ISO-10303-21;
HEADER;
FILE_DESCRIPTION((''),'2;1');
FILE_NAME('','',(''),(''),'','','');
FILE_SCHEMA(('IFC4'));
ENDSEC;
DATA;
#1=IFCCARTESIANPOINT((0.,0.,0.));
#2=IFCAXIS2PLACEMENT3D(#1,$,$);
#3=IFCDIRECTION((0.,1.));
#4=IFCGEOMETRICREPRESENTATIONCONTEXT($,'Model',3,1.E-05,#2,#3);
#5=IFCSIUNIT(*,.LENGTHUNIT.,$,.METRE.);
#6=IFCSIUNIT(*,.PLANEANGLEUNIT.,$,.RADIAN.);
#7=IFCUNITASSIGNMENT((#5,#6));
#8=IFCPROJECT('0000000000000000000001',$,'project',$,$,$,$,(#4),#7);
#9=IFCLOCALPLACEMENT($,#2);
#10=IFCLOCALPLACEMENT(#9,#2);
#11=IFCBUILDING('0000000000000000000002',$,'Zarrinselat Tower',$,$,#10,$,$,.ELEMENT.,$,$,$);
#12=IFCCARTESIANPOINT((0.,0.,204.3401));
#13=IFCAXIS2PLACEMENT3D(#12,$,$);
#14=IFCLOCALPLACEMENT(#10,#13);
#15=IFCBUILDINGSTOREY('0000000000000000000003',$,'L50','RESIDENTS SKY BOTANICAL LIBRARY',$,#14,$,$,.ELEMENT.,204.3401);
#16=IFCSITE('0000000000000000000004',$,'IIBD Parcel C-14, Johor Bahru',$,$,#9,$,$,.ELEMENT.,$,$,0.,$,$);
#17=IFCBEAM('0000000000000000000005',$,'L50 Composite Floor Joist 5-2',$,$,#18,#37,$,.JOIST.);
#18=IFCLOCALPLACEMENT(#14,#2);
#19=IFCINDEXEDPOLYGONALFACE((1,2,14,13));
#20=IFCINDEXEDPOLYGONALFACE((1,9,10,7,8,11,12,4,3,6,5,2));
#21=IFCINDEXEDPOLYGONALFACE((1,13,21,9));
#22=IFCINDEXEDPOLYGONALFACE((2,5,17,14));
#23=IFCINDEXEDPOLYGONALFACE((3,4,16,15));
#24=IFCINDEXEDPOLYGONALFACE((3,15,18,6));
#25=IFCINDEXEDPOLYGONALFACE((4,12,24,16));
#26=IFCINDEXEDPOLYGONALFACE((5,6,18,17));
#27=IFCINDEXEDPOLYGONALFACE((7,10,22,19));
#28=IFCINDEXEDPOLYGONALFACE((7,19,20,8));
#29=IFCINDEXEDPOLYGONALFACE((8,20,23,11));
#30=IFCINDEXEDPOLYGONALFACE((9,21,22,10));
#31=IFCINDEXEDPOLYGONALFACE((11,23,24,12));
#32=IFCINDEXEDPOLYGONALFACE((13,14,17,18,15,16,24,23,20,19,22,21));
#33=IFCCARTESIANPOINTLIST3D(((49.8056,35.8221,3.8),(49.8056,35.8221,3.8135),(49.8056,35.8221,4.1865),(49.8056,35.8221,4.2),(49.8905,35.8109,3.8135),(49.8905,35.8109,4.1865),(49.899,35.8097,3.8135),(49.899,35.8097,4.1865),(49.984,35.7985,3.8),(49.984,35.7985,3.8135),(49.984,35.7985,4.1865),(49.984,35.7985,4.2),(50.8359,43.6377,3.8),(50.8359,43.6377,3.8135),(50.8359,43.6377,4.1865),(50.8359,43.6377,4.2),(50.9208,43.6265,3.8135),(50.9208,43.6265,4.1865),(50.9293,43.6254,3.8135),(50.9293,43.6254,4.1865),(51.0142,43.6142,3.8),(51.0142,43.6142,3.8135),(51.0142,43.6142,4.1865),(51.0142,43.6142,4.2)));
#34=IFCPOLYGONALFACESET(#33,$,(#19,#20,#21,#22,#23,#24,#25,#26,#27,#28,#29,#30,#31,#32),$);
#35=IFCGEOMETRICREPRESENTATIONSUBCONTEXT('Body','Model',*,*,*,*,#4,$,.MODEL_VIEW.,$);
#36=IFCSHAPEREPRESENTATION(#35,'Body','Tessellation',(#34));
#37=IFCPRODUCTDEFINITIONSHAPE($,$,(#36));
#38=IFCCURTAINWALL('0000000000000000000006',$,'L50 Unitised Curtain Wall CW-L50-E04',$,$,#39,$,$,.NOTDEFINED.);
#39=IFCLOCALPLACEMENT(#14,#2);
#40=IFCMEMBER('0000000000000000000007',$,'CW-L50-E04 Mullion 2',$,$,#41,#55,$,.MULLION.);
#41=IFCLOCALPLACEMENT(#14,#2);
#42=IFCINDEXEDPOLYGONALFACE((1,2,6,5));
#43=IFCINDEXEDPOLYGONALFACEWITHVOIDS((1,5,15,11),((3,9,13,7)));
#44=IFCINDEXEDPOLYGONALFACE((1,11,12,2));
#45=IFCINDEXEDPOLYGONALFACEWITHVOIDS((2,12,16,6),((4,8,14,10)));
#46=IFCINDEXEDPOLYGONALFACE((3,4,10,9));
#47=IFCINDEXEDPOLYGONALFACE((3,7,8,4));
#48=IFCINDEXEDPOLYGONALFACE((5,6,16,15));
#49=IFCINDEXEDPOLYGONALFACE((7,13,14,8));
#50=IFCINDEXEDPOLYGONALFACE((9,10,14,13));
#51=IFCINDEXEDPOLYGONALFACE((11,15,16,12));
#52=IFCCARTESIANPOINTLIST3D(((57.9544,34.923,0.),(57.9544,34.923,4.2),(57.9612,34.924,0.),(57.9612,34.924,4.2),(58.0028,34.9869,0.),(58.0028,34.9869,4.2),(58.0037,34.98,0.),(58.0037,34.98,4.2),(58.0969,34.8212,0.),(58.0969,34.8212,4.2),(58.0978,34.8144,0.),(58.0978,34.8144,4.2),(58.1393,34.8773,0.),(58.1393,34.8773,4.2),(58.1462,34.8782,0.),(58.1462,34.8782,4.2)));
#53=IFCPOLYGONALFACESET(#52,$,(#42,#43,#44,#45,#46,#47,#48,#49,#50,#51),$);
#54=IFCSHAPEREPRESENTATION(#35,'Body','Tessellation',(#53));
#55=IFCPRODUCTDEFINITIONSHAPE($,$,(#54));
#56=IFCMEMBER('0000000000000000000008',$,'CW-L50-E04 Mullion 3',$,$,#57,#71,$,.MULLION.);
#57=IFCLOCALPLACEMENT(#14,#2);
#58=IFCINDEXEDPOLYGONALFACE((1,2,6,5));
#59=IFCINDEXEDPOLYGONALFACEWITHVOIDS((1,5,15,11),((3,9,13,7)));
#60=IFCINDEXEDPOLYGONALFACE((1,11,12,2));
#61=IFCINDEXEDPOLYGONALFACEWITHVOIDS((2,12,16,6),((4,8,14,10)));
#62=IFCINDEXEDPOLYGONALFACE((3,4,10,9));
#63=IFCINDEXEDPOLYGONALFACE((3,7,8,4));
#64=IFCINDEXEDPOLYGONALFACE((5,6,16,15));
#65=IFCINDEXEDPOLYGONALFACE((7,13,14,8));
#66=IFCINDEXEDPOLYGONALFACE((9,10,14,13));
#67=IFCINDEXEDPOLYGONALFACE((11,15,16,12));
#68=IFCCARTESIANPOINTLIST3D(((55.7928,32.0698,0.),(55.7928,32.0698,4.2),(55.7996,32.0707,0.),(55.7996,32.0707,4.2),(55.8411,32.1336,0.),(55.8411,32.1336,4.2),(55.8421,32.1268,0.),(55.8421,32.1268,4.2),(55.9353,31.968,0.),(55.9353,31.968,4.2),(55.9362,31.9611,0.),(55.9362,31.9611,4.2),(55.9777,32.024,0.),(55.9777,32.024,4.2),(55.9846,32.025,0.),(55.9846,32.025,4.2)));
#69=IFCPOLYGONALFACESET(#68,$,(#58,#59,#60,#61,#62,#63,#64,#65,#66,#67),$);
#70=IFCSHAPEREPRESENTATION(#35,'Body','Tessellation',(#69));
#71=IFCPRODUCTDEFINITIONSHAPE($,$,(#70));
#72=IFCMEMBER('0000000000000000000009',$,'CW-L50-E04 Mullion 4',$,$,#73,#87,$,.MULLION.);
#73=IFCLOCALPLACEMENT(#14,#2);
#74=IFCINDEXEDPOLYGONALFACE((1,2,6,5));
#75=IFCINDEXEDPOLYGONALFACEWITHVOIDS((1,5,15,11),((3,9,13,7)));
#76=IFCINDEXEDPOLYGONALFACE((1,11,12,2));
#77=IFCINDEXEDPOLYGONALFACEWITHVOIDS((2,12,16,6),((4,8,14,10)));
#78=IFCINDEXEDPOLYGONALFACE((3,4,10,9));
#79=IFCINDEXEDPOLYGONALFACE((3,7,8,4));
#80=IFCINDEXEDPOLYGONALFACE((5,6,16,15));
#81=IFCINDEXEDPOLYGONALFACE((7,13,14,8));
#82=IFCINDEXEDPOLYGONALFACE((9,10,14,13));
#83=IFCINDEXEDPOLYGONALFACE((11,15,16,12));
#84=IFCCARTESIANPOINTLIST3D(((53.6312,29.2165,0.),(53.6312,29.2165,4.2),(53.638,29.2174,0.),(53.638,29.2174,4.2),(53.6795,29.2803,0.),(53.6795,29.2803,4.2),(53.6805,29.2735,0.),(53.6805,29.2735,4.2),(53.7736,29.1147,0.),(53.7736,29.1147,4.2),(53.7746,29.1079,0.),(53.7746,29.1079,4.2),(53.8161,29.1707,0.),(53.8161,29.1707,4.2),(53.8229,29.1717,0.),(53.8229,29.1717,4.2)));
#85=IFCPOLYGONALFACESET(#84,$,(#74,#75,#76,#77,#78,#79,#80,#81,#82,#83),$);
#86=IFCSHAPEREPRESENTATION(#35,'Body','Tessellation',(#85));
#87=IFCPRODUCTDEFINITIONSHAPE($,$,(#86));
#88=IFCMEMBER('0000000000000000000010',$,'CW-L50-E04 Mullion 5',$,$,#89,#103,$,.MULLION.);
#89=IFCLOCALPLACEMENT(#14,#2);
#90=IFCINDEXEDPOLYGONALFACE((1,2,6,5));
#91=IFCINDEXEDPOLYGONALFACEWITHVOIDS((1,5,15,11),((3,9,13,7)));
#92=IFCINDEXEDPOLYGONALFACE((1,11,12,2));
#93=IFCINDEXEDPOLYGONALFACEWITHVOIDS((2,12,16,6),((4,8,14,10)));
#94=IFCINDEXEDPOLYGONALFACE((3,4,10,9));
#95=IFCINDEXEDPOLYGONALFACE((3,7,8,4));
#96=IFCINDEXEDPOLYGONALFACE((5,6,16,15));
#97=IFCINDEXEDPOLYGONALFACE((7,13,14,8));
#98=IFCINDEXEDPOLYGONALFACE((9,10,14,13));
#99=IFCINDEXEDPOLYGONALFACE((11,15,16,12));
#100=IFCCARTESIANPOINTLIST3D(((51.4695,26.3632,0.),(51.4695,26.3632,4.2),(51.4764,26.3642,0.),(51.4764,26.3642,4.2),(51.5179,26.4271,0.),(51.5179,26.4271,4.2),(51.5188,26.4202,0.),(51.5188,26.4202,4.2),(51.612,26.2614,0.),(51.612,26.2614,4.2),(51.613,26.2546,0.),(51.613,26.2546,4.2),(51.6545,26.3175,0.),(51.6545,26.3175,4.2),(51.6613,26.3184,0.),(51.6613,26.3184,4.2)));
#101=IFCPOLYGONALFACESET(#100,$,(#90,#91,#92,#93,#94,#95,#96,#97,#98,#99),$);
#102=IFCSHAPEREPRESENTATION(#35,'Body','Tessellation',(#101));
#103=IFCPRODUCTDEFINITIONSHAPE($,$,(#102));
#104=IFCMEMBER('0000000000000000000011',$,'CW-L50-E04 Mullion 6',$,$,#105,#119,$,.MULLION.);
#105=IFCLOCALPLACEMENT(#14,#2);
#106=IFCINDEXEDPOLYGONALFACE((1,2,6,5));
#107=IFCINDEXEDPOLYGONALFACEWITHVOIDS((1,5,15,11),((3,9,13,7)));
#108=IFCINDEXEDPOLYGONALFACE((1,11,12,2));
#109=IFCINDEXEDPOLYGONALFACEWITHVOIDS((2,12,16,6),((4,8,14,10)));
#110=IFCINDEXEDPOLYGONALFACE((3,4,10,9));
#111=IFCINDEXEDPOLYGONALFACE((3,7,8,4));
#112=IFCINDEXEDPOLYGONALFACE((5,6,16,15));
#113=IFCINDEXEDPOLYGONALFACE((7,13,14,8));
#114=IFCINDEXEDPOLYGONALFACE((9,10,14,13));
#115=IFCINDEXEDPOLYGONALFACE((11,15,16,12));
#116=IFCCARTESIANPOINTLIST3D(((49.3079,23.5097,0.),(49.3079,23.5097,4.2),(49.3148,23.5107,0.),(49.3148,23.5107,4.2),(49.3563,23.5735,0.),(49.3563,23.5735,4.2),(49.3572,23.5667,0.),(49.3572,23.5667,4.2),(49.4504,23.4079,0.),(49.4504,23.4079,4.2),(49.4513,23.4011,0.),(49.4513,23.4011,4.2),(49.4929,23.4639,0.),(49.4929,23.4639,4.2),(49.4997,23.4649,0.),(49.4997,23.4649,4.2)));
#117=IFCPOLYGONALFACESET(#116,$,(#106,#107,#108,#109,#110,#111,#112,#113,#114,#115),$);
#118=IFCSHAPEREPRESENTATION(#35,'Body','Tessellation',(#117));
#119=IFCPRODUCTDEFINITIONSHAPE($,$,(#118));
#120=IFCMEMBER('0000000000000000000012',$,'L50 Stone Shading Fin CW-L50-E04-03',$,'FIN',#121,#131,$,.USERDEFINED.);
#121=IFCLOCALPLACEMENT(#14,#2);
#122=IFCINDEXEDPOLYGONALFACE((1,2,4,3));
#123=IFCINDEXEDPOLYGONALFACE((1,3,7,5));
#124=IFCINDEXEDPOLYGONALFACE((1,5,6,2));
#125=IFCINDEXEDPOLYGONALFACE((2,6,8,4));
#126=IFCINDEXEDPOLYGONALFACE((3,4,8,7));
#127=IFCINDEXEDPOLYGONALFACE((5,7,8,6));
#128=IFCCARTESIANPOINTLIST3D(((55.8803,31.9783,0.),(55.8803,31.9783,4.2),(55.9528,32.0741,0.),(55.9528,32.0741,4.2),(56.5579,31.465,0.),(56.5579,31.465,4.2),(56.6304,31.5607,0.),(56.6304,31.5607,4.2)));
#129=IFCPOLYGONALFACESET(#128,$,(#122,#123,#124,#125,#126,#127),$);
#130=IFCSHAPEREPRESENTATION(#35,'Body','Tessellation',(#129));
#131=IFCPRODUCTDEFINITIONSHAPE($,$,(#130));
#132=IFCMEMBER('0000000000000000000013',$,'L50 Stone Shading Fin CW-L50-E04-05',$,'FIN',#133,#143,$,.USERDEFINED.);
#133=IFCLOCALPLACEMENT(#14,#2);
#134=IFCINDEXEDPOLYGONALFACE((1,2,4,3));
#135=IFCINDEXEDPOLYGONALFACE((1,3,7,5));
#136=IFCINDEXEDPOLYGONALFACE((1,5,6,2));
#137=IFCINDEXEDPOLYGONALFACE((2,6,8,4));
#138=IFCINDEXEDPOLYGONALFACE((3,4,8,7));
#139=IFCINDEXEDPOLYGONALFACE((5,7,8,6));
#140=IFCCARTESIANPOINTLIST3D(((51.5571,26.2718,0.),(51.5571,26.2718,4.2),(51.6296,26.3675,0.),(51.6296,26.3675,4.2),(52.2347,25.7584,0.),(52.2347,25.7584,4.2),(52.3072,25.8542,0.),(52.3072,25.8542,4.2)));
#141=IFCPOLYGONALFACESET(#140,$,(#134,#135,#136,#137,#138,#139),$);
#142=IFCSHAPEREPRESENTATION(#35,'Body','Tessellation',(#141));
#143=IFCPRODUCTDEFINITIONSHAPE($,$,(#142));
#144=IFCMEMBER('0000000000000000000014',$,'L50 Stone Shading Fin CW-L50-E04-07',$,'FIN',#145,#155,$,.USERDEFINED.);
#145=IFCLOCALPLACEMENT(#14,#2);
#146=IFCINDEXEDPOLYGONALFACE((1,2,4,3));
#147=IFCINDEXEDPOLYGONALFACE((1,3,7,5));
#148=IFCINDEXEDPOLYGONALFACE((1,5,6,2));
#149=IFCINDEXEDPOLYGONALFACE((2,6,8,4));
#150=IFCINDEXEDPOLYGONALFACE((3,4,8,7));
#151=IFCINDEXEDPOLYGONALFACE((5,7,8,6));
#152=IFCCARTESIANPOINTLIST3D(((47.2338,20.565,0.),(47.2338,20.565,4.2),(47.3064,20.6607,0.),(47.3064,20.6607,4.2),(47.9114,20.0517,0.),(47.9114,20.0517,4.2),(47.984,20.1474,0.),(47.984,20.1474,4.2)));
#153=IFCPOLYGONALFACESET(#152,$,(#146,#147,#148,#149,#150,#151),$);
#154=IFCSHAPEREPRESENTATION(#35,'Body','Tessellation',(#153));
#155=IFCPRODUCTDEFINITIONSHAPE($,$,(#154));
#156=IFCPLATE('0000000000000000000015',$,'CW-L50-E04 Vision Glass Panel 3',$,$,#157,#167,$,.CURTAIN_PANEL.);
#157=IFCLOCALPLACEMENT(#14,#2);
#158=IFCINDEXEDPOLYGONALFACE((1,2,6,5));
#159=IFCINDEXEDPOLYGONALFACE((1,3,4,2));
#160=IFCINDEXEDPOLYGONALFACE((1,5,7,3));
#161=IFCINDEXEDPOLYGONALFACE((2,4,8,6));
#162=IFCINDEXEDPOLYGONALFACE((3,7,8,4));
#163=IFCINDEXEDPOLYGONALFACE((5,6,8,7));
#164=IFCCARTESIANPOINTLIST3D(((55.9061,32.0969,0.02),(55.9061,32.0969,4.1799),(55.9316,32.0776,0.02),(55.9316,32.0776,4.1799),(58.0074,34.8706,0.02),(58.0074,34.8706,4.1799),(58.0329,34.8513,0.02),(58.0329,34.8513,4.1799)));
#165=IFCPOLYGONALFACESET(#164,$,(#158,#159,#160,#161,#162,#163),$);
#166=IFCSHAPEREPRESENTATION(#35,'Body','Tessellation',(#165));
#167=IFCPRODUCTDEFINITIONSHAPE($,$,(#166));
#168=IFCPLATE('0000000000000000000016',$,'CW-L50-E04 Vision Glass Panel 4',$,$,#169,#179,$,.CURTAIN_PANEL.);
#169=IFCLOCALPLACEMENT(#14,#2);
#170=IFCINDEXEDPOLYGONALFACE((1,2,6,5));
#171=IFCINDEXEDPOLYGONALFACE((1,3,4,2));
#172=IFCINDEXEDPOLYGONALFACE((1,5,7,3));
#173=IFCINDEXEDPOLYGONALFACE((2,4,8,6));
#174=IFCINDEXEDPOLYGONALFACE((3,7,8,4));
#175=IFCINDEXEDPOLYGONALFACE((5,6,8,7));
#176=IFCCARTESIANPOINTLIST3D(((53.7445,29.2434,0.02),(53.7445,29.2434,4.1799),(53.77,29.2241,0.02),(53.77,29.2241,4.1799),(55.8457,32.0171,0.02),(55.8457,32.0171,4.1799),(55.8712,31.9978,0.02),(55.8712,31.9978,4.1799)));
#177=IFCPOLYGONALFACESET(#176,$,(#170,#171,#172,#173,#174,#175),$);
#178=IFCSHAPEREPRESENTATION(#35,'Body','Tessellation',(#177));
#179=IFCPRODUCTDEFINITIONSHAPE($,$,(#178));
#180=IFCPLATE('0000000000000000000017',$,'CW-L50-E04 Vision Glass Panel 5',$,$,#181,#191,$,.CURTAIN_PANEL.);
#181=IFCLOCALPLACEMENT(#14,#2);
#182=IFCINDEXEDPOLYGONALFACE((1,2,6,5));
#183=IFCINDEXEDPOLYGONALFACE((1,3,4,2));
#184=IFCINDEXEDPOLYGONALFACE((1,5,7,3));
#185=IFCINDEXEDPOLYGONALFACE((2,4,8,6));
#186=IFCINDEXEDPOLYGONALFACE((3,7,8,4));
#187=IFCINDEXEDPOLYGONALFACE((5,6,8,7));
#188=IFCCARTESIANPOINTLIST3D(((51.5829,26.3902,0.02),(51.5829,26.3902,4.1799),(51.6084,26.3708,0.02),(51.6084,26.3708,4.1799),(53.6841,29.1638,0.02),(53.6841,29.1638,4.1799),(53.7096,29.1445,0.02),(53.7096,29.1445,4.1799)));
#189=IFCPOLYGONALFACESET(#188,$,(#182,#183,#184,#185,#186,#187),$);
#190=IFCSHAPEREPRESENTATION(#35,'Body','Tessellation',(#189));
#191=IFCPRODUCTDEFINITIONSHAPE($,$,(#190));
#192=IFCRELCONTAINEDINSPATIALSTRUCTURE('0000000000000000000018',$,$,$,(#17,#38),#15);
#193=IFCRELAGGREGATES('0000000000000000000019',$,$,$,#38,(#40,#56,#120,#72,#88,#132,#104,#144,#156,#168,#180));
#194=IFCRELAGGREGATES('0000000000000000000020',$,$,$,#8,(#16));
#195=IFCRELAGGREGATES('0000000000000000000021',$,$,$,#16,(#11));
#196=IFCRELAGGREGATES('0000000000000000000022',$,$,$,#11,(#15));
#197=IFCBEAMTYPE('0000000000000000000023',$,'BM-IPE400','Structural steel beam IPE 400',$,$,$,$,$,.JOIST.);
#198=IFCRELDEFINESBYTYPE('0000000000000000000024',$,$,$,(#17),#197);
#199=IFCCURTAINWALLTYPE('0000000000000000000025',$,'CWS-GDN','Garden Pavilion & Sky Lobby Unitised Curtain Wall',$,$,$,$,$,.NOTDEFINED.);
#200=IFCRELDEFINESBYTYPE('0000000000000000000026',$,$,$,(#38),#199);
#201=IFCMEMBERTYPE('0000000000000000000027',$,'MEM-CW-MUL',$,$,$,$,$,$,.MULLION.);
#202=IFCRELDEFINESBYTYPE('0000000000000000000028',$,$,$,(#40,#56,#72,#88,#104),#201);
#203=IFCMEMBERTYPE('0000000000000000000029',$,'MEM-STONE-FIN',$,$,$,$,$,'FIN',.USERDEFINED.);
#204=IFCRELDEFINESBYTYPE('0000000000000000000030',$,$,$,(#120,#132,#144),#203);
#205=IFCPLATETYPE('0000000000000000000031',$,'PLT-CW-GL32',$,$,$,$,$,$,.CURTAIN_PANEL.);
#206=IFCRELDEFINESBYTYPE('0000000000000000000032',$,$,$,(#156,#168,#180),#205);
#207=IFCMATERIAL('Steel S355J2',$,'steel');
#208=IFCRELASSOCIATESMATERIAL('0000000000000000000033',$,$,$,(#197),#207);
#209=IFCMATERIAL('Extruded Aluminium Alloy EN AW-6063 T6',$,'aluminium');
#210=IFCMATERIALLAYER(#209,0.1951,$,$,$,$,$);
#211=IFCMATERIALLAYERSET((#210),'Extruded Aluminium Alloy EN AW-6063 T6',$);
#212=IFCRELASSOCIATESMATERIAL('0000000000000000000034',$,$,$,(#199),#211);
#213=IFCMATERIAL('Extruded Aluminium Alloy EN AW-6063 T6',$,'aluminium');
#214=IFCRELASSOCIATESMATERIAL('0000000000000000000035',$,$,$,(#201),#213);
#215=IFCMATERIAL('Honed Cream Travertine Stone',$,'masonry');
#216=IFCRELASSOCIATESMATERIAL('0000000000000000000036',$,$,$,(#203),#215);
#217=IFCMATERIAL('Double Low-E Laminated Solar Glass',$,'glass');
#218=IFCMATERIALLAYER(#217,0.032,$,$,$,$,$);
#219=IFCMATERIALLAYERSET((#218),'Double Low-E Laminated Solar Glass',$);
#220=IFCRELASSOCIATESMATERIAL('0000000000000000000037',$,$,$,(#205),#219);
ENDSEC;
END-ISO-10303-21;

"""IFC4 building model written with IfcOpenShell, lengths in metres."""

from ifc_helpers import new_model, si_unit, direction, frame, origin, origin_2d, place, context, subcontext, project, spatial, rectangle, hollow_rectangle, i_section, extrude, material, layer, layer_set, material_profile, profile_set, type_object, element, aggregate, save


model = new_model("IFC4")

# Units and contexts
model_context = context("Model", 3, precision=1e-05, world=origin(), true_north=direction((0.0, 1.0)))
body_context = subcontext(model_context, "Body", "Model", "MODEL_VIEW")
ifc_project = project(units=[si_unit("LENGTHUNIT", "METRE"), si_unit("PLANEANGLEUNIT", "RADIAN")], contexts=[model_context])

# Site, building, storey
site_placement = place(None, origin())
site = spatial("IfcSite", under=ifc_project, at=site_placement, Name="IIBD Parcel C-14, Johor Bahru", CompositionType="ELEMENT", RefElevation=0.0)
building_placement = place(site_placement, origin())
building = spatial("IfcBuilding", under=site, at=building_placement, Name="Zarrinselat Tower", CompositionType="ELEMENT")
storey_placement = place(building_placement, frame((0.0, 0.0, 204.3401)))
storey = spatial("IfcBuildingStorey", under=building, at=storey_placement, Name="L50", Description="RESIDENTS SKY BOTANICAL LIBRARY", CompositionType="ELEMENT", Elevation=204.3401)

# Beam
ifc_material_1 = material(Name="Steel S355J2", Category="steel")
ifc_material_profile_1 = material_profile(ifc_material_1, i_section(OverallWidth=0.1799, OverallDepth=0.3999, WebThickness=0.0085, FlangeThickness=0.0134, at=origin_2d()), Name="IPE 400")
ifc_profile_set_1 = profile_set([ifc_material_profile_1], Name="Steel S355J2")
beam_type_1 = type_object("IfcBeamType", Name="BM-IPE400", Description="Structural steel beam IPE 400", PredefinedType="JOIST", material=ifc_profile_set_1)
beam_1_placement = place(storey_placement, frame((49.8948, 35.8103, 4.0), z_axis=(0.130691, 0.991423, 0.0), x_axis=(-0.991423, 0.130691, 0.0)))
element("IfcBeam", 1, at=beam_1_placement, inside=storey, type_object=beam_type_1, Name="L50 Composite Floor Joist 5-2", PredefinedType="JOIST", context=body_context, shape_type="SweptSolid", body=[
    extrude(i_section(OverallWidth=0.1799, OverallDepth=0.3999, WebThickness=0.0085, FlangeThickness=0.0134, at=origin_2d()), origin(), (0.0, 0.0, 1.0), 7.8833),
])

# Curtain wall, members, plates
ifc_material_2 = material(Name="Extruded Aluminium Alloy EN AW-6063 T6", Category="aluminium")
ifc_layer_1 = layer(ifc_material_2, 0.1951)
ifc_layer_set_1 = layer_set([ifc_layer_1], Name="Extruded Aluminium Alloy EN AW-6063 T6")
curtain_wall_type = type_object("IfcCurtainWallType", Name="CWS-GDN", Description="Garden Pavilion & Sky Lobby Unitised Curtain Wall", PredefinedType="NOTDEFINED", material=ifc_layer_set_1)
curtain_wall_placement = place(storey_placement, origin())
curtain_wall = element("IfcCurtainWall", 2, at=curtain_wall_placement, inside=storey, type_object=curtain_wall_type, Name="L50 Unitised Curtain Wall CW-L50-E04", PredefinedType="NOTDEFINED")
ifc_material_3 = material(Name="Extruded Aluminium Alloy EN AW-6063 T6", Category="aluminium")
ifc_material_profile_2 = material_profile(ifc_material_3, hollow_rectangle(XDim=0.0801, YDim=0.1799, WallThickness=0.0049, at=origin_2d()), Name="RHS 180x80x5")
ifc_profile_set_2 = profile_set([ifc_material_profile_2], Name="Extruded Aluminium Alloy EN AW-6063 T6")
member_type_1 = type_object("IfcMemberType", Name="MEM-CW-MUL", PredefinedType="MULLION", material=ifc_profile_set_2)
member_1_placement = place(storey_placement, frame((58.0503, 34.9006, 0.0), z_axis=(0.0, 0.0, 1.0), x_axis=(-0.603858, -0.797092, 0.0)))
member_1 = element("IfcMember", 3, at=member_1_placement, type_object=member_type_1, Name="CW-L50-E04 Mullion 2", PredefinedType="MULLION", context=body_context, shape_type="SweptSolid", body=[
    extrude(hollow_rectangle(XDim=0.0801, YDim=0.1799, WallThickness=0.0049, at=origin_2d()), origin(), (0.0, 0.0, 1.0), 4.2),
])
member_2_placement = place(storey_placement, frame((55.8887, 32.0474, 0.0), z_axis=(0.0, 0.0, 1.0), x_axis=(-0.603858, -0.797092, 0.0)))
member_2 = element("IfcMember", 4, at=member_2_placement, type_object=member_type_1, Name="CW-L50-E04 Mullion 3", PredefinedType="MULLION", context=body_context, shape_type="SweptSolid", body=[
    extrude(hollow_rectangle(XDim=0.0801, YDim=0.1799, WallThickness=0.0049, at=origin_2d()), origin(), (0.0, 0.0, 1.0), 4.2),
])
member_3_placement = place(storey_placement, frame((53.7271, 29.1941, 0.0), z_axis=(0.0, 0.0, 1.0), x_axis=(-0.603858, -0.797092, 0.0)))
member_3 = element("IfcMember", 5, at=member_3_placement, type_object=member_type_1, Name="CW-L50-E04 Mullion 4", PredefinedType="MULLION", context=body_context, shape_type="SweptSolid", body=[
    extrude(hollow_rectangle(XDim=0.0801, YDim=0.1799, WallThickness=0.0049, at=origin_2d()), origin(), (0.0, 0.0, 1.0), 4.2),
])
member_4_placement = place(storey_placement, frame((51.5654, 26.3408, 0.0), z_axis=(0.0, 0.0, 1.0), x_axis=(-0.603858, -0.797092, 0.0)))
member_4 = element("IfcMember", 6, at=member_4_placement, type_object=member_type_1, Name="CW-L50-E04 Mullion 5", PredefinedType="MULLION", context=body_context, shape_type="SweptSolid", body=[
    extrude(hollow_rectangle(XDim=0.0801, YDim=0.1799, WallThickness=0.0049, at=origin_2d()), origin(), (0.0, 0.0, 1.0), 4.2),
])
member_5_placement = place(storey_placement, frame((49.4038, 23.4873, 0.0), z_axis=(0.0, 0.0, 1.0), x_axis=(-0.603858, -0.797092, 0.0)))
member_5 = element("IfcMember", 7, at=member_5_placement, type_object=member_type_1, Name="CW-L50-E04 Mullion 6", PredefinedType="MULLION", context=body_context, shape_type="SweptSolid", body=[
    extrude(hollow_rectangle(XDim=0.0801, YDim=0.1799, WallThickness=0.0049, at=origin_2d()), origin(), (0.0, 0.0, 1.0), 4.2),
])
ifc_material_4 = material(Name="Honed Cream Travertine Stone", Category="masonry")
ifc_material_profile_3 = material_profile(ifc_material_4, rectangle(XDim=0.1201, YDim=0.8501, at=origin_2d()), Name="FIN 850x120")
ifc_profile_set_3 = profile_set([ifc_material_profile_3], Name="Honed Cream Travertine Stone")
member_type_2 = type_object("IfcMemberType", Name="MEM-STONE-FIN", ElementType="FIN", PredefinedType="USERDEFINED", material=ifc_profile_set_3)
member_6_placement = place(storey_placement, frame((56.2554, 31.7695, 0.0), z_axis=(0.0, 0.0, 1.0), x_axis=(-0.603858, -0.797092, 0.0)))
member_6 = element("IfcMember", 8, at=member_6_placement, type_object=member_type_2, Name="L50 Stone Shading Fin CW-L50-E04-03", ObjectType="FIN", PredefinedType="USERDEFINED", context=body_context, shape_type="SweptSolid", body=[
    extrude(rectangle(XDim=0.1201, YDim=0.8501, at=origin_2d()), origin(), (0.0, 0.0, 1.0), 4.2),
])
member_7_placement = place(storey_placement, frame((51.9321, 26.063, 0.0), z_axis=(0.0, 0.0, 1.0), x_axis=(-0.603858, -0.797092, 0.0)))
member_7 = element("IfcMember", 9, at=member_7_placement, type_object=member_type_2, Name="L50 Stone Shading Fin CW-L50-E04-05", ObjectType="FIN", PredefinedType="USERDEFINED", context=body_context, shape_type="SweptSolid", body=[
    extrude(rectangle(XDim=0.1201, YDim=0.8501, at=origin_2d()), origin(), (0.0, 0.0, 1.0), 4.2),
])
member_8_placement = place(storey_placement, frame((47.6089, 20.3562, 0.0), z_axis=(0.0, 0.0, 1.0), x_axis=(-0.603858, -0.797092, 0.0)))
member_8 = element("IfcMember", 10, at=member_8_placement, type_object=member_type_2, Name="L50 Stone Shading Fin CW-L50-E04-07", ObjectType="FIN", PredefinedType="USERDEFINED", context=body_context, shape_type="SweptSolid", body=[
    extrude(rectangle(XDim=0.1201, YDim=0.8501, at=origin_2d()), origin(), (0.0, 0.0, 1.0), 4.2),
])
ifc_material_5 = material(Name="Double Low-E Laminated Solar Glass", Category="glass")
ifc_layer_2 = layer(ifc_material_5, 0.032)
ifc_layer_set_2 = layer_set([ifc_layer_2], Name="Double Low-E Laminated Solar Glass")
plate_type = type_object("IfcPlateType", Name="PLT-CW-GL32", PredefinedType="CURTAIN_PANEL", material=ifc_layer_set_2)
plate_1_placement = place(storey_placement, frame((56.9695, 33.4741, 0.02), z_axis=(0.0, 0.0, 1.0), x_axis=(-0.603858, -0.797092, 0.0)))
plate_1 = element("IfcPlate", 11, at=plate_1_placement, type_object=plate_type, Name="CW-L50-E04 Vision Glass Panel 3", PredefinedType="CURTAIN_PANEL", context=body_context, shape_type="SweptSolid", body=[
    extrude(rectangle(XDim=3.4797, YDim=0.032, at=origin_2d()), origin(), (0.0, 0.0, 1.0), 4.1599),
])
plate_2_placement = place(storey_placement, frame((54.8079, 30.6206, 0.02), z_axis=(0.0, 0.0, 1.0), x_axis=(-0.603858, -0.797092, 0.0)))
plate_2 = element("IfcPlate", 12, at=plate_2_placement, type_object=plate_type, Name="CW-L50-E04 Vision Glass Panel 4", PredefinedType="CURTAIN_PANEL", context=body_context, shape_type="SweptSolid", body=[
    extrude(rectangle(XDim=3.4797, YDim=0.032, at=origin_2d()), origin(), (0.0, 0.0, 1.0), 4.1599),
])
plate_3_placement = place(storey_placement, frame((52.6462, 27.7673, 0.02), z_axis=(0.0, 0.0, 1.0), x_axis=(-0.603858, -0.797092, 0.0)))
plate_3 = element("IfcPlate", 13, at=plate_3_placement, type_object=plate_type, Name="CW-L50-E04 Vision Glass Panel 5", PredefinedType="CURTAIN_PANEL", context=body_context, shape_type="SweptSolid", body=[
    extrude(rectangle(XDim=3.4797, YDim=0.032, at=origin_2d()), origin(), (0.0, 0.0, 1.0), 4.1599),
])
aggregate(curtain_wall, [member_1, member_2, member_6, member_3, member_4, member_7, member_5, member_8, plate_1, plate_2, plate_3])

save(model, "model.ifc")
